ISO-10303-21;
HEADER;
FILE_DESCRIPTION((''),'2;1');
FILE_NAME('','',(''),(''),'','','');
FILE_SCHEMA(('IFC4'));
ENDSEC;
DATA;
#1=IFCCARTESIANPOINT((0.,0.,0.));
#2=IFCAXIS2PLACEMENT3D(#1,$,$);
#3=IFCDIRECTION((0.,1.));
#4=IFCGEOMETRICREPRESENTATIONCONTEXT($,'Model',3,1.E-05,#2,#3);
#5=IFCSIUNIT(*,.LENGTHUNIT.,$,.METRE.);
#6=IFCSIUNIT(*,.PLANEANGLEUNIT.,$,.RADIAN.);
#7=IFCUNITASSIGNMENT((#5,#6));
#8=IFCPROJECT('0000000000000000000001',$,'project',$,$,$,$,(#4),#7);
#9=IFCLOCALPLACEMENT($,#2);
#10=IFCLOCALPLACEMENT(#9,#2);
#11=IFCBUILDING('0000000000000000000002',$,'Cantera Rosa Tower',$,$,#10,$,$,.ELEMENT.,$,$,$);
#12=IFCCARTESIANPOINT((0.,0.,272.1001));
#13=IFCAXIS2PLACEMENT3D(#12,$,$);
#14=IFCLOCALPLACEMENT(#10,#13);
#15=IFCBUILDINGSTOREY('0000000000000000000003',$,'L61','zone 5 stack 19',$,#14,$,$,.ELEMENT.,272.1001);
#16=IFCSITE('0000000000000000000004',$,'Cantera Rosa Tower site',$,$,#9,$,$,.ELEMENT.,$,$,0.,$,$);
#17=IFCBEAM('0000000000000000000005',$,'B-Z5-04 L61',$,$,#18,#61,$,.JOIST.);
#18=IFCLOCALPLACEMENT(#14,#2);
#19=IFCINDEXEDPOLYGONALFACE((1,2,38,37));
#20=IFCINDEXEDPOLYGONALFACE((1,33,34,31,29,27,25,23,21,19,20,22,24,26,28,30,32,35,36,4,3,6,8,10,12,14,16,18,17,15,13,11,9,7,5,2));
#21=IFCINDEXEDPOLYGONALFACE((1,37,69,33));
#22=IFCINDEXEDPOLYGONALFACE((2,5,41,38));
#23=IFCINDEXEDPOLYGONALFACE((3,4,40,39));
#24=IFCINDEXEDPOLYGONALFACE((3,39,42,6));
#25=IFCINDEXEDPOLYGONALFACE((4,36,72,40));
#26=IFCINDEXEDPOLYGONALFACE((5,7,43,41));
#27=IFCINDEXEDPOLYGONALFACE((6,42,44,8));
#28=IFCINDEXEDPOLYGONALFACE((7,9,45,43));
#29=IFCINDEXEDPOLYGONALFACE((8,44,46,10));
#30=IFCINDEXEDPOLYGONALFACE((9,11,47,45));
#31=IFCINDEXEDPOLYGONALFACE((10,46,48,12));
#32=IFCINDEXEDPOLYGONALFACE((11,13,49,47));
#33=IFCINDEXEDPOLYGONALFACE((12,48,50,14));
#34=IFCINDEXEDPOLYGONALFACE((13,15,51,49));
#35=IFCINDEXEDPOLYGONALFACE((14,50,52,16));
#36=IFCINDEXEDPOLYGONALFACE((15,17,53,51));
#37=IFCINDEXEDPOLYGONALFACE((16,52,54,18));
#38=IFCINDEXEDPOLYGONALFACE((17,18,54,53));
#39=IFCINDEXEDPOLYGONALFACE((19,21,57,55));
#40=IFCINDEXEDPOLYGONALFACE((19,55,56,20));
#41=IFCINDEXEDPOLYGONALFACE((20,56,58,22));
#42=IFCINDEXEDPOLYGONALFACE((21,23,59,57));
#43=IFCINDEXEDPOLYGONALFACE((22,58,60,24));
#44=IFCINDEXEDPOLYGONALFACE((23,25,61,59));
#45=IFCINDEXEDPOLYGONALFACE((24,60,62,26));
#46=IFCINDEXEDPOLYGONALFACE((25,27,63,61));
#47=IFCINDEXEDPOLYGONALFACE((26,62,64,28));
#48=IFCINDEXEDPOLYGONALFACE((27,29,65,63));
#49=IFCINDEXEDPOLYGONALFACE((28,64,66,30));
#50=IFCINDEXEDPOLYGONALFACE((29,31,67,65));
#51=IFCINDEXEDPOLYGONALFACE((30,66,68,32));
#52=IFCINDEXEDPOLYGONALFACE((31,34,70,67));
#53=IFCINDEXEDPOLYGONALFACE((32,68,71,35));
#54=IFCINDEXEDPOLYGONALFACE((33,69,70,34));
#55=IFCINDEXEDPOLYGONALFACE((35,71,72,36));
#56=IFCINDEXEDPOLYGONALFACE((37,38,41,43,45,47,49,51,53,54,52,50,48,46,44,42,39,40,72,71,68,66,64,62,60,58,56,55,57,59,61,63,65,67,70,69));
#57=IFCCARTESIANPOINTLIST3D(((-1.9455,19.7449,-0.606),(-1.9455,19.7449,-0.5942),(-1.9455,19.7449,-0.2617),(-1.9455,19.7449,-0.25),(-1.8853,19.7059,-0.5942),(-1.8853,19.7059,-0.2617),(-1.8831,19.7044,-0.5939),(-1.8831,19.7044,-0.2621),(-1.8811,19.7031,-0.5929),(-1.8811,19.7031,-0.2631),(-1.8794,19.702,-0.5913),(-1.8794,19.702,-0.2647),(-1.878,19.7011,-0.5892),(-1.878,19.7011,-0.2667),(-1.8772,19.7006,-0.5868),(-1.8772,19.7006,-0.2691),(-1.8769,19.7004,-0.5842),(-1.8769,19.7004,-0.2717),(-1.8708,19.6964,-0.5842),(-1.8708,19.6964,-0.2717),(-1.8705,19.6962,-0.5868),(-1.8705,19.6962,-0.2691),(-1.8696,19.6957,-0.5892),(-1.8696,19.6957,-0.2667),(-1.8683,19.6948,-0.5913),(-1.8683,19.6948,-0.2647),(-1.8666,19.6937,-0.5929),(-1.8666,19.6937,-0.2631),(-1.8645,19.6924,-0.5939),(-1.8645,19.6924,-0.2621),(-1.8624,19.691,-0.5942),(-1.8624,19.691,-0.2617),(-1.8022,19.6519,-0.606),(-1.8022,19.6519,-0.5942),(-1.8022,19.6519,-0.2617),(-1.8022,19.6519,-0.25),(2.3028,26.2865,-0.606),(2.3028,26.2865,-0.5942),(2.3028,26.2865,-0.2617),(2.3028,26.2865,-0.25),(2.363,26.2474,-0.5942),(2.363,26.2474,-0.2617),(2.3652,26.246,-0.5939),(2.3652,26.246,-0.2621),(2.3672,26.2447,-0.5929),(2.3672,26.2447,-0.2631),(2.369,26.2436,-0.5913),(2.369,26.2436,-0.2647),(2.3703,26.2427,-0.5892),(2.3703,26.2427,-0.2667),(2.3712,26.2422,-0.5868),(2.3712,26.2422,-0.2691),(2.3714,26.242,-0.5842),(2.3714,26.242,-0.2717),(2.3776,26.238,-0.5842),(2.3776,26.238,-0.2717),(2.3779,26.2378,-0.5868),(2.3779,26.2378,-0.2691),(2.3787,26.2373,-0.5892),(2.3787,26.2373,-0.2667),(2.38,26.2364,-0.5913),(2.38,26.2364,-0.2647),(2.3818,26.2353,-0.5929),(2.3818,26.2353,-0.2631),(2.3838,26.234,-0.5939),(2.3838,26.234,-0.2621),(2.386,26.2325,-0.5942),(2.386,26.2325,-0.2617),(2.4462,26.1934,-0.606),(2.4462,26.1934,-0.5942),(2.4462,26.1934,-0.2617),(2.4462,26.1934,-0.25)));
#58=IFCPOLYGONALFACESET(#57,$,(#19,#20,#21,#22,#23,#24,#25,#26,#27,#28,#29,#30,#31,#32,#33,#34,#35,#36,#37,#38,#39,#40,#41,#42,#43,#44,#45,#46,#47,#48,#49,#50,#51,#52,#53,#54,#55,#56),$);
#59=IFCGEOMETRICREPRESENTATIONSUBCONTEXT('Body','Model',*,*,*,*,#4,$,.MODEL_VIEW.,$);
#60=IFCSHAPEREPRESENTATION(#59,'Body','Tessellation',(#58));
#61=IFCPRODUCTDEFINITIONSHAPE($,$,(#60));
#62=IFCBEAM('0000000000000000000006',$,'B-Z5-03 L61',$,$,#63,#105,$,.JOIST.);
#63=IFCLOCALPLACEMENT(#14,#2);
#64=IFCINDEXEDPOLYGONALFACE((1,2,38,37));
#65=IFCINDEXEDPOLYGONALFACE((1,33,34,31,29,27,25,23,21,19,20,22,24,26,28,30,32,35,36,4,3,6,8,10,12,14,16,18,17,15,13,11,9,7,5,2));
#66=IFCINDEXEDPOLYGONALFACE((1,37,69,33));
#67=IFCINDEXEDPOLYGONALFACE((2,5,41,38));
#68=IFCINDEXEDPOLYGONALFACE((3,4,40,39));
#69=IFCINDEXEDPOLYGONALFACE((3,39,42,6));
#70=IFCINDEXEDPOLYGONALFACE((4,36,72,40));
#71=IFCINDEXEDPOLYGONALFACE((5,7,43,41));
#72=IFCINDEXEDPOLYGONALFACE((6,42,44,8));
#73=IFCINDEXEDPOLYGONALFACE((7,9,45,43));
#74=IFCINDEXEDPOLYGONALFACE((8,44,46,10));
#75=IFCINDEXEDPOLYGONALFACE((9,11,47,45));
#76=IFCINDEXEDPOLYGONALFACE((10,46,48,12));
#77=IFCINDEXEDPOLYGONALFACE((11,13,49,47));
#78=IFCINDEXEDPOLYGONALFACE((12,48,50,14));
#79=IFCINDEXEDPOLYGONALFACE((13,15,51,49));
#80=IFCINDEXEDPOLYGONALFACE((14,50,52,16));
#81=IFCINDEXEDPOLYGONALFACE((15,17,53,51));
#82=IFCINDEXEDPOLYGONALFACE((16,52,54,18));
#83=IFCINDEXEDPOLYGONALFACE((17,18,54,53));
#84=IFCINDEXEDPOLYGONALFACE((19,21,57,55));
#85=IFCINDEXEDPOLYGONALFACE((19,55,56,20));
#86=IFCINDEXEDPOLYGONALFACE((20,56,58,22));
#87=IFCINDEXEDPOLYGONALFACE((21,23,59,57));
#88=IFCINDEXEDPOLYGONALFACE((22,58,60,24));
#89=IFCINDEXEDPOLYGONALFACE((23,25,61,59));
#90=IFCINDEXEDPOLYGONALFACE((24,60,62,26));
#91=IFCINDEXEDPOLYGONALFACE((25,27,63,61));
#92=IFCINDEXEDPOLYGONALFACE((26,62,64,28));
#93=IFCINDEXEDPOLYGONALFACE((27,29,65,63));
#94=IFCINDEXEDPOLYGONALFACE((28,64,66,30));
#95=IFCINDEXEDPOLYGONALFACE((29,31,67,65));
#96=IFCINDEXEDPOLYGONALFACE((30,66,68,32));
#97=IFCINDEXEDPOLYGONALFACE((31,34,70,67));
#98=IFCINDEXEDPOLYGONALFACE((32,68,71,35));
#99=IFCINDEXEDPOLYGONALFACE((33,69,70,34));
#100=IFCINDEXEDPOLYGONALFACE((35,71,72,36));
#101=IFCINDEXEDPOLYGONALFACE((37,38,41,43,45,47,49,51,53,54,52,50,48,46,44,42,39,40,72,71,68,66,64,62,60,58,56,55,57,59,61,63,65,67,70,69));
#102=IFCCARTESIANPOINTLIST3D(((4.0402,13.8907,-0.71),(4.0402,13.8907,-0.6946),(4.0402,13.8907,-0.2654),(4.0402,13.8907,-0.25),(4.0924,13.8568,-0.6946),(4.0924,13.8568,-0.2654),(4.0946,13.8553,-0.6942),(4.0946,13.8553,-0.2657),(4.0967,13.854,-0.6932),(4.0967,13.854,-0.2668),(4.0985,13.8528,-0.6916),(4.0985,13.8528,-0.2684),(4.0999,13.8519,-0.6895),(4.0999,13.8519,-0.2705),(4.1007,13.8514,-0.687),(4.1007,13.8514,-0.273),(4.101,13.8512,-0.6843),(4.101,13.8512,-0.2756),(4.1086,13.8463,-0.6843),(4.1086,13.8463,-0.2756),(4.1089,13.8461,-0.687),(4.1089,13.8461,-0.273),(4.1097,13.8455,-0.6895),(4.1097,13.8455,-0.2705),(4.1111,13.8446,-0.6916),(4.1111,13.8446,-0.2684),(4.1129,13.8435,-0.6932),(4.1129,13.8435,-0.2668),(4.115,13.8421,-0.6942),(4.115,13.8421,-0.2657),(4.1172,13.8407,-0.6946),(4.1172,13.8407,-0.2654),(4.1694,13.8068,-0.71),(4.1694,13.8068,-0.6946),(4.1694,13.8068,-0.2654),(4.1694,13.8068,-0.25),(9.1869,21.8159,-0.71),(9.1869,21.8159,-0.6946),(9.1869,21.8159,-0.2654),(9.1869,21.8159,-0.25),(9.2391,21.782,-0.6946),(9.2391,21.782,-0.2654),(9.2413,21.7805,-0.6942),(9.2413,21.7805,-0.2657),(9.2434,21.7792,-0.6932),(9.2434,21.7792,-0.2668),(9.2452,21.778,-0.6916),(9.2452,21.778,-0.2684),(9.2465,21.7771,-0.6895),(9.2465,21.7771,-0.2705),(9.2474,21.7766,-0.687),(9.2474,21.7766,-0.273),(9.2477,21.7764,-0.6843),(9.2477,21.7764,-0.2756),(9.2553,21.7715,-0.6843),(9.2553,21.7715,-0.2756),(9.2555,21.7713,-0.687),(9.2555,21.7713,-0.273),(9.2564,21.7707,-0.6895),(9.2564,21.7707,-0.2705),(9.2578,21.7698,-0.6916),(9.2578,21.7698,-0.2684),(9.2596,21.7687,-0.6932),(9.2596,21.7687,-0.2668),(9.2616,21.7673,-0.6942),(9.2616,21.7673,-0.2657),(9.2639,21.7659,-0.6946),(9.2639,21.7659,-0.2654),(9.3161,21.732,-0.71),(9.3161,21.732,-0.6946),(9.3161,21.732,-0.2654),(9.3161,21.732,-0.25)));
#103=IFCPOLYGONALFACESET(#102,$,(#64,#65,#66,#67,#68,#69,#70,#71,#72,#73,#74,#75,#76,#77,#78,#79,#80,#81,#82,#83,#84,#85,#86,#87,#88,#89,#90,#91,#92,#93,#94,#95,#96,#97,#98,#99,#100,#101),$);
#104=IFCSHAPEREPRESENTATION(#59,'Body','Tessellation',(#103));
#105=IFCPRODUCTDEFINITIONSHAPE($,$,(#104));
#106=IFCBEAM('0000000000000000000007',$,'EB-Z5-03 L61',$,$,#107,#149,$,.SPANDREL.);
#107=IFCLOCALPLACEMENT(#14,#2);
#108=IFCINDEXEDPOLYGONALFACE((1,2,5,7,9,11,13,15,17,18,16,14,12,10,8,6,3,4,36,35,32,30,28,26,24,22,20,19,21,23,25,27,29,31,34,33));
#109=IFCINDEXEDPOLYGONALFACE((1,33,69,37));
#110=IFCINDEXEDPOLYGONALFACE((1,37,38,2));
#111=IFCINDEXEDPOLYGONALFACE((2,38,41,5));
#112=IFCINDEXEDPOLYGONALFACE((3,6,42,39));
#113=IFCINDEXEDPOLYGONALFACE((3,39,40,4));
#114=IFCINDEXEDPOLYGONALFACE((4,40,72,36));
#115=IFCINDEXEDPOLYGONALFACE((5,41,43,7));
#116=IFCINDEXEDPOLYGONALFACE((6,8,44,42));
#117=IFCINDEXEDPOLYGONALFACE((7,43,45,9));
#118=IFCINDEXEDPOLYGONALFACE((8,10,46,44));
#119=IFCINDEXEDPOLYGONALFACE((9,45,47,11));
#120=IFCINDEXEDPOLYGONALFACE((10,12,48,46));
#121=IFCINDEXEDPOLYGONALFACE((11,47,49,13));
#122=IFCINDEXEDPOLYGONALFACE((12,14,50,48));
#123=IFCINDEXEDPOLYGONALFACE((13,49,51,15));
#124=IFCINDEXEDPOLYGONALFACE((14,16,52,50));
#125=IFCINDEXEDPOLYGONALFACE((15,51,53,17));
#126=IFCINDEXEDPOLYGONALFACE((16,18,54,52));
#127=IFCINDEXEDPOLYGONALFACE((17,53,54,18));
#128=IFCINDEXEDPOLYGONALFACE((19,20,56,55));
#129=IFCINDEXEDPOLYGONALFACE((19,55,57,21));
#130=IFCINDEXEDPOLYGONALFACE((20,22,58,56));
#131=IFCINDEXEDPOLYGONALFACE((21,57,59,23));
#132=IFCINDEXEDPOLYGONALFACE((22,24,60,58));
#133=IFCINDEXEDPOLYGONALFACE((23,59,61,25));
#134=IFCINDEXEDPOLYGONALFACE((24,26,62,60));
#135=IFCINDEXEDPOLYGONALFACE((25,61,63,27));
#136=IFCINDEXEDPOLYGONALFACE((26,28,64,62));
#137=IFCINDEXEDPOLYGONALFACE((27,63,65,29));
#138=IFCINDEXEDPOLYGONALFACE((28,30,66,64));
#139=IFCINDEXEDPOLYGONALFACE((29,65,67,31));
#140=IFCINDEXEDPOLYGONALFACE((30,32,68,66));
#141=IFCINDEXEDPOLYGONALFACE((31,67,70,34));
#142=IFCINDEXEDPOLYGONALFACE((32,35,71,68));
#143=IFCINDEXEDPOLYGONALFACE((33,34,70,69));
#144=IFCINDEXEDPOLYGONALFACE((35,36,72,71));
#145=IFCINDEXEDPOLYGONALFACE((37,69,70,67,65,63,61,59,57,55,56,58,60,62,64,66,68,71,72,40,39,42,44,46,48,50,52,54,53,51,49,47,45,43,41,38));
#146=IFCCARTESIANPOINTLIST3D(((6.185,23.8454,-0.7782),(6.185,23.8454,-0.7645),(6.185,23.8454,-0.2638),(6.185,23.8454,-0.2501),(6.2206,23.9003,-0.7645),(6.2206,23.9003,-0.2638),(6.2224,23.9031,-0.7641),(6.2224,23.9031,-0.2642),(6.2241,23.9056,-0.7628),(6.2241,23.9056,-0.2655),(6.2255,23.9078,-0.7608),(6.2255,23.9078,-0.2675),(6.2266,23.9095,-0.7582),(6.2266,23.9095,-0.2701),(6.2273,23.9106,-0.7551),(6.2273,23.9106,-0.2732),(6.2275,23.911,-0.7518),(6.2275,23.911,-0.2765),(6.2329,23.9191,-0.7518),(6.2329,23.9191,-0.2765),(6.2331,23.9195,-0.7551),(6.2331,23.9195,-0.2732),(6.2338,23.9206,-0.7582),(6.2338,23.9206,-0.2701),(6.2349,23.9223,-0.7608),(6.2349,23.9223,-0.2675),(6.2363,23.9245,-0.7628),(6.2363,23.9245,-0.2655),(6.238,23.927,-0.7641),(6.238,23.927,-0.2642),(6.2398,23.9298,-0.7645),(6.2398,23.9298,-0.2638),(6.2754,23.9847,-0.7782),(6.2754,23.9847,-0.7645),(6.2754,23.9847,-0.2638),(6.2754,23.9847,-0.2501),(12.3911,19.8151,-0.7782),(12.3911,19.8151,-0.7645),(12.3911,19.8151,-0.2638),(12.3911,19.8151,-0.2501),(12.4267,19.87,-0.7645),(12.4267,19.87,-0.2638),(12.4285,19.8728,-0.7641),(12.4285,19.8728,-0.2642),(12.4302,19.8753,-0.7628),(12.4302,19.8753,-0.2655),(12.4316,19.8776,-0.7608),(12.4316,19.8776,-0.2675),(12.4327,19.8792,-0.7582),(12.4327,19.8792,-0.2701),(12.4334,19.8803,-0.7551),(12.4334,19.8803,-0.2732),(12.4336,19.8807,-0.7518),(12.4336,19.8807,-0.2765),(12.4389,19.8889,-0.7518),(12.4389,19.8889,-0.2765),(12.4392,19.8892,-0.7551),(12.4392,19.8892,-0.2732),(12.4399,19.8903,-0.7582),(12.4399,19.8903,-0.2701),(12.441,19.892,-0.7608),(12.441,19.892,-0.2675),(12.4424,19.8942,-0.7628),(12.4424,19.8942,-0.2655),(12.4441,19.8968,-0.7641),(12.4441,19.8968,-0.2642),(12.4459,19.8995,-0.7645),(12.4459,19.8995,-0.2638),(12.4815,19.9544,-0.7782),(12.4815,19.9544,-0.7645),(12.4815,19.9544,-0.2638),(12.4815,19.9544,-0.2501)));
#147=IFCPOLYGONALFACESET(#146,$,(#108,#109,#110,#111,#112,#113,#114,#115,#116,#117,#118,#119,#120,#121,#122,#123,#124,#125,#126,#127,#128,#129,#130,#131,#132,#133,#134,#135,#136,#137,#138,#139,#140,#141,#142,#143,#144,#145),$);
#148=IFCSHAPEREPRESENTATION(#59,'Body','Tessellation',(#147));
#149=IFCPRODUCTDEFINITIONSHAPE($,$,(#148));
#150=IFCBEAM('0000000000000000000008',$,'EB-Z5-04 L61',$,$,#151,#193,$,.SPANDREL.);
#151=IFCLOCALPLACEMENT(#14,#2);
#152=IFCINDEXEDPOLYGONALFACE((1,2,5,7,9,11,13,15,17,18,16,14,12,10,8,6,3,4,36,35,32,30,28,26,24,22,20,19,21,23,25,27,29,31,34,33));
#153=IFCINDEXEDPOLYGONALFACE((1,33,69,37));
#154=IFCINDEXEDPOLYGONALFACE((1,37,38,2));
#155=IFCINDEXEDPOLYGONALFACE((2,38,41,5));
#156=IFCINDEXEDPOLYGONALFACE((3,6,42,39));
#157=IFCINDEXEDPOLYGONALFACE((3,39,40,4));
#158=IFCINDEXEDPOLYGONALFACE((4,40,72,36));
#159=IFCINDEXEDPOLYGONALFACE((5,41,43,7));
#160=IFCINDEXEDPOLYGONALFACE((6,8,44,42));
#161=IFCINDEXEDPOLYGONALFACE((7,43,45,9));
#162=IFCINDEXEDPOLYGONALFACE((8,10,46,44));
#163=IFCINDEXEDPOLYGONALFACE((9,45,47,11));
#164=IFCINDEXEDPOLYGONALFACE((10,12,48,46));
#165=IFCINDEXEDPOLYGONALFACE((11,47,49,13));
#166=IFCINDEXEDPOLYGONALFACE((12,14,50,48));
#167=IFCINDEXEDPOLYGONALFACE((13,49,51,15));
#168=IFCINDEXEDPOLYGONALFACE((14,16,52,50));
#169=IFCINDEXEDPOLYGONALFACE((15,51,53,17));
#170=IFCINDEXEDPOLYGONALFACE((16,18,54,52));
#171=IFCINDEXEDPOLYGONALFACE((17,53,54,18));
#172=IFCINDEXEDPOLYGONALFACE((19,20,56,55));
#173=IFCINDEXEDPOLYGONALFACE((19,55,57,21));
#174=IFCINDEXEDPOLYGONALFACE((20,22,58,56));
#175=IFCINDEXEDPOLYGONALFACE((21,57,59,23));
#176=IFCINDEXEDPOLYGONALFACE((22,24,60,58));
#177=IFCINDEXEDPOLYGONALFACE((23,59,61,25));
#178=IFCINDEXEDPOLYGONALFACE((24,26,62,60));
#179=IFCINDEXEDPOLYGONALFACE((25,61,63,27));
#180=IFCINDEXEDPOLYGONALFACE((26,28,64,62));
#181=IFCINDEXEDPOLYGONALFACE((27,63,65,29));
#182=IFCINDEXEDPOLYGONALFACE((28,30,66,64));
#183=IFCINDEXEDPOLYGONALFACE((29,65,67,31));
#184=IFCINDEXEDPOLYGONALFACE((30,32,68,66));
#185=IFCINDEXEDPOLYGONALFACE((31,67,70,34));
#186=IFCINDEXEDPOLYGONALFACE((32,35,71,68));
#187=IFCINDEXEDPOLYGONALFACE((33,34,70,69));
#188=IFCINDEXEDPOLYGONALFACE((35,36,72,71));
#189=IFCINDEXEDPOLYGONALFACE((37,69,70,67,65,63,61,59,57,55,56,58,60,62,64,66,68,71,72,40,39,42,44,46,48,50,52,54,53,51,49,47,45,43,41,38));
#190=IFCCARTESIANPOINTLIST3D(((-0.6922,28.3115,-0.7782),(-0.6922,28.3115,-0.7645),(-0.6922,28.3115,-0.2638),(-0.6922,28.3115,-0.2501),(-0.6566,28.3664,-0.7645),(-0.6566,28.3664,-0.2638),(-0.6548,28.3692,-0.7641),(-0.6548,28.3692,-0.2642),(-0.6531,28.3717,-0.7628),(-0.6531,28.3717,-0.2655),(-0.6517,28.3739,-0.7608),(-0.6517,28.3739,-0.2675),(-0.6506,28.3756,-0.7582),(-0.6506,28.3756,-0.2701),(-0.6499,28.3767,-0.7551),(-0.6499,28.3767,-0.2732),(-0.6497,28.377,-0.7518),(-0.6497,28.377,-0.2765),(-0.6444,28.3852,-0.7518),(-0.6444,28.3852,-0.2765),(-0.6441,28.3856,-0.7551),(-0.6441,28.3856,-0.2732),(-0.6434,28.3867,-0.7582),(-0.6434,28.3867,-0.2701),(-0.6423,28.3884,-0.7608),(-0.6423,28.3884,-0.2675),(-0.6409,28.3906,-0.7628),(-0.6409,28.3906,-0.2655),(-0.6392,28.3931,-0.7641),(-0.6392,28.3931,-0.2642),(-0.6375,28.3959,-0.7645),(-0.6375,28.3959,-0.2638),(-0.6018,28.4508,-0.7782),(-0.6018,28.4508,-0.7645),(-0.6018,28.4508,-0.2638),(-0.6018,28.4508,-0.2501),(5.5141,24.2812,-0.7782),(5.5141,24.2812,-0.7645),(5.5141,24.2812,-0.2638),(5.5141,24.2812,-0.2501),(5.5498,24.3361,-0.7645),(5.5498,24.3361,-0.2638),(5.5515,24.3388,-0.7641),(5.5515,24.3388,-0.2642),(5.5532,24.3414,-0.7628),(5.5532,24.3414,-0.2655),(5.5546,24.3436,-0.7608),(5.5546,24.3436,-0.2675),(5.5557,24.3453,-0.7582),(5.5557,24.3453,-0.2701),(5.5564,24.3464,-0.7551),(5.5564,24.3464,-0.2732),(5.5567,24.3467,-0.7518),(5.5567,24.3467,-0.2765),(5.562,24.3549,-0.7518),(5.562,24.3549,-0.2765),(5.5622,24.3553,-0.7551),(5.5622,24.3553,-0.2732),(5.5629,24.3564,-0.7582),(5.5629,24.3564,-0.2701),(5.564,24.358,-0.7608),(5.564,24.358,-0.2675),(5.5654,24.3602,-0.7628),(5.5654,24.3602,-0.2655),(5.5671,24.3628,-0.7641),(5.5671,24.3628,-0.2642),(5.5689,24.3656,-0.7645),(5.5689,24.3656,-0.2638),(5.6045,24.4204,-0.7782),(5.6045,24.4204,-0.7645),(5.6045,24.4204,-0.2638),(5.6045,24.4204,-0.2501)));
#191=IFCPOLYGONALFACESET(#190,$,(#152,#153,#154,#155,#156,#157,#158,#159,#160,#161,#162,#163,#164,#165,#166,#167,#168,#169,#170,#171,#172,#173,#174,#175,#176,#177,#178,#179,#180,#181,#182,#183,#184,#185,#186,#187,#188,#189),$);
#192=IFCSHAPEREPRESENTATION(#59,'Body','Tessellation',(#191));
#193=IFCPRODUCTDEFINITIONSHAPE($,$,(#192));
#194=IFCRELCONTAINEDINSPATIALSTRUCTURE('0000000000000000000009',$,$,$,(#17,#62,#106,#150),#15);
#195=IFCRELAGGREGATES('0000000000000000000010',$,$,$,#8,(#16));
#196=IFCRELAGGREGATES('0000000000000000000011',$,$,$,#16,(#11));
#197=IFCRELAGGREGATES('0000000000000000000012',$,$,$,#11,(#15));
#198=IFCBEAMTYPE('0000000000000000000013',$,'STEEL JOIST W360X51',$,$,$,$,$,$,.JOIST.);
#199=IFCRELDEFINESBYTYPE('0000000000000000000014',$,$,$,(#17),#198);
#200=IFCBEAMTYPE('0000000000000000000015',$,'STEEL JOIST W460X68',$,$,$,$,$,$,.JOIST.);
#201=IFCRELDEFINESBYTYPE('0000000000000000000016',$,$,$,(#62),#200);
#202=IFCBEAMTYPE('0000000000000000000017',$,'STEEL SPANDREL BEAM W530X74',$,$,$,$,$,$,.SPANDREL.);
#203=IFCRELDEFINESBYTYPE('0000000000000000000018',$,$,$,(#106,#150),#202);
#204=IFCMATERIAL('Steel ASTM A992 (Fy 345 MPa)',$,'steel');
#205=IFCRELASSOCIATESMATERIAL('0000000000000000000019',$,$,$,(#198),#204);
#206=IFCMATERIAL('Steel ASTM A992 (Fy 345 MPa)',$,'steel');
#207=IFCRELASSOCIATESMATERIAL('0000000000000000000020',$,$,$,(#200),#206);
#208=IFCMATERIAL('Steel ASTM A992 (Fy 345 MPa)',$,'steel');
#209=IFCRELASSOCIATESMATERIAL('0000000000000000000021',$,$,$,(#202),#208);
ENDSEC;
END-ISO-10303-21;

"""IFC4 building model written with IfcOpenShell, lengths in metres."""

from ifc_helpers import new_model, si_unit, direction, frame, origin, origin_2d, place, context, subcontext, project, spatial, i_section, extrude, material, material_profile, profile_set, type_object, element, save


model = new_model("IFC4")

# Units and contexts
model_context = context("Model", 3, precision=1e-05, world=origin(), true_north=direction((0.0, 1.0)))
body_context = subcontext(model_context, "Body", "Model", "MODEL_VIEW")
ifc_project = project(units=[si_unit("LENGTHUNIT", "METRE"), si_unit("PLANEANGLEUNIT", "RADIAN")], contexts=[model_context])

# Site, building, storey
site_placement = place(None, origin())
site = spatial("IfcSite", under=ifc_project, at=site_placement, Name="Cantera Rosa Tower site", CompositionType="ELEMENT", RefElevation=0.0)
building_placement = place(site_placement, origin())
building = spatial("IfcBuilding", under=site, at=building_placement, Name="Cantera Rosa Tower", CompositionType="ELEMENT")
storey_placement = place(building_placement, frame((0.0, 0.0, 272.1001)))
storey = spatial("IfcBuildingStorey", under=building, at=storey_placement, Name="L61", Description="zone 5 stack 19", CompositionType="ELEMENT", Elevation=272.1001)

# Beams
ifc_material_1 = material(Name="Steel ASTM A992 (Fy 345 MPa)", Category="steel")
ifc_material_profile_1 = material_profile(ifc_material_1, i_section(OverallWidth=0.1709, OverallDepth=0.356, WebThickness=0.0073, FlangeThickness=0.0117, FilletRadius=0.01, at=origin_2d()), Name="W360X51")
ifc_profile_set_1 = profile_set([ifc_material_profile_1], Name="Steel ASTM A992 (Fy 345 MPa)")
beam_type_1 = type_object("IfcBeamType", Name="STEEL JOIST W360X51", PredefinedType="JOIST", material=ifc_profile_set_1)
beam_1_placement = place(storey_placement, frame((2.3745, 26.24, -0.428), z_axis=(-0.544656, -0.83866, 0.0), x_axis=(0.83866, -0.544656, 0.0)))
element("IfcBeam", 1, at=beam_1_placement, inside=storey, type_object=beam_type_1, Name="B-Z5-04 L61", PredefinedType="JOIST", context=body_context, shape_type="SweptSolid", body=[
    extrude(i_section(OverallWidth=0.1709, OverallDepth=0.356, WebThickness=0.0073, FlangeThickness=0.0117, FilletRadius=0.01, at=origin_2d()), origin(), (0.0, 0.0, 1.0), 7.8),
])
ifc_material_2 = material(Name="Steel ASTM A992 (Fy 345 MPa)", Category="steel")
ifc_material_profile_2 = material_profile(ifc_material_2, i_section(OverallWidth=0.1541, OverallDepth=0.46, WebThickness=0.009, FlangeThickness=0.0154, FilletRadius=0.0103, at=origin_2d()), Name="W460X68")
ifc_profile_set_2 = profile_set([ifc_material_profile_2], Name="Steel ASTM A992 (Fy 345 MPa)")
beam_type_2 = type_object("IfcBeamType", Name="STEEL JOIST W460X68", PredefinedType="JOIST", material=ifc_profile_set_2)
beam_2_placement = place(storey_placement, frame((9.2515, 21.7739, -0.48), z_axis=(-0.544638, -0.838671, 0.0), x_axis=(0.838671, -0.544638, 0.0)))
element("IfcBeam", 2, at=beam_2_placement, inside=storey, type_object=beam_type_2, Name="B-Z5-03 L61", PredefinedType="JOIST", context=body_context, shape_type="SweptSolid", body=[
    extrude(i_section(OverallWidth=0.1541, OverallDepth=0.46, WebThickness=0.009, FlangeThickness=0.0154, FilletRadius=0.0103, at=origin_2d()), origin(), (0.0, 0.0, 1.0), 9.4497),
])
ifc_material_3 = material(Name="Steel ASTM A992 (Fy 345 MPa)", Category="steel")
ifc_material_profile_3 = material_profile(ifc_material_3, i_section(OverallWidth=0.166, OverallDepth=0.5281, WebThickness=0.0098, FlangeThickness=0.0137, FilletRadius=0.0127, at=origin_2d()), Name="W530X74")
ifc_profile_set_3 = profile_set([ifc_material_profile_3], Name="Steel ASTM A992 (Fy 345 MPa)")
beam_type_3 = type_object("IfcBeamType", Name="STEEL SPANDREL BEAM W530X74", PredefinedType="SPANDREL", material=ifc_profile_set_3)
beam_3_placement = place(storey_placement, frame((12.4363, 19.8848, -0.5142), z_axis=(-0.83867, 0.54464, 0.0), x_axis=(-0.54464, -0.83867, 0.0)))
element("IfcBeam", 3, at=beam_3_placement, inside=storey, type_object=beam_type_3, Name="EB-Z5-03 L61", PredefinedType="SPANDREL", context=body_context, shape_type="SweptSolid", body=[
    extrude(i_section(OverallWidth=0.166, OverallDepth=0.5281, WebThickness=0.0098, FlangeThickness=0.0137, FilletRadius=0.0127, at=origin_2d()), origin(), (0.0, 0.0, 1.0), 7.3999),
])
beam_4_placement = place(storey_placement, frame((5.5593, 24.3508, -0.5142), z_axis=(-0.838679, 0.544625, 0.0), x_axis=(-0.544625, -0.838679, 0.0)))
element("IfcBeam", 4, at=beam_4_placement, inside=storey, type_object=beam_type_3, Name="EB-Z5-04 L61", PredefinedType="SPANDREL", context=body_context, shape_type="SweptSolid", body=[
    extrude(i_section(OverallWidth=0.166, OverallDepth=0.5281, WebThickness=0.0098, FlangeThickness=0.0137, FilletRadius=0.0127, at=origin_2d()), origin(), (0.0, 0.0, 1.0), 7.4001),
])

save(model, "model.ifc")
